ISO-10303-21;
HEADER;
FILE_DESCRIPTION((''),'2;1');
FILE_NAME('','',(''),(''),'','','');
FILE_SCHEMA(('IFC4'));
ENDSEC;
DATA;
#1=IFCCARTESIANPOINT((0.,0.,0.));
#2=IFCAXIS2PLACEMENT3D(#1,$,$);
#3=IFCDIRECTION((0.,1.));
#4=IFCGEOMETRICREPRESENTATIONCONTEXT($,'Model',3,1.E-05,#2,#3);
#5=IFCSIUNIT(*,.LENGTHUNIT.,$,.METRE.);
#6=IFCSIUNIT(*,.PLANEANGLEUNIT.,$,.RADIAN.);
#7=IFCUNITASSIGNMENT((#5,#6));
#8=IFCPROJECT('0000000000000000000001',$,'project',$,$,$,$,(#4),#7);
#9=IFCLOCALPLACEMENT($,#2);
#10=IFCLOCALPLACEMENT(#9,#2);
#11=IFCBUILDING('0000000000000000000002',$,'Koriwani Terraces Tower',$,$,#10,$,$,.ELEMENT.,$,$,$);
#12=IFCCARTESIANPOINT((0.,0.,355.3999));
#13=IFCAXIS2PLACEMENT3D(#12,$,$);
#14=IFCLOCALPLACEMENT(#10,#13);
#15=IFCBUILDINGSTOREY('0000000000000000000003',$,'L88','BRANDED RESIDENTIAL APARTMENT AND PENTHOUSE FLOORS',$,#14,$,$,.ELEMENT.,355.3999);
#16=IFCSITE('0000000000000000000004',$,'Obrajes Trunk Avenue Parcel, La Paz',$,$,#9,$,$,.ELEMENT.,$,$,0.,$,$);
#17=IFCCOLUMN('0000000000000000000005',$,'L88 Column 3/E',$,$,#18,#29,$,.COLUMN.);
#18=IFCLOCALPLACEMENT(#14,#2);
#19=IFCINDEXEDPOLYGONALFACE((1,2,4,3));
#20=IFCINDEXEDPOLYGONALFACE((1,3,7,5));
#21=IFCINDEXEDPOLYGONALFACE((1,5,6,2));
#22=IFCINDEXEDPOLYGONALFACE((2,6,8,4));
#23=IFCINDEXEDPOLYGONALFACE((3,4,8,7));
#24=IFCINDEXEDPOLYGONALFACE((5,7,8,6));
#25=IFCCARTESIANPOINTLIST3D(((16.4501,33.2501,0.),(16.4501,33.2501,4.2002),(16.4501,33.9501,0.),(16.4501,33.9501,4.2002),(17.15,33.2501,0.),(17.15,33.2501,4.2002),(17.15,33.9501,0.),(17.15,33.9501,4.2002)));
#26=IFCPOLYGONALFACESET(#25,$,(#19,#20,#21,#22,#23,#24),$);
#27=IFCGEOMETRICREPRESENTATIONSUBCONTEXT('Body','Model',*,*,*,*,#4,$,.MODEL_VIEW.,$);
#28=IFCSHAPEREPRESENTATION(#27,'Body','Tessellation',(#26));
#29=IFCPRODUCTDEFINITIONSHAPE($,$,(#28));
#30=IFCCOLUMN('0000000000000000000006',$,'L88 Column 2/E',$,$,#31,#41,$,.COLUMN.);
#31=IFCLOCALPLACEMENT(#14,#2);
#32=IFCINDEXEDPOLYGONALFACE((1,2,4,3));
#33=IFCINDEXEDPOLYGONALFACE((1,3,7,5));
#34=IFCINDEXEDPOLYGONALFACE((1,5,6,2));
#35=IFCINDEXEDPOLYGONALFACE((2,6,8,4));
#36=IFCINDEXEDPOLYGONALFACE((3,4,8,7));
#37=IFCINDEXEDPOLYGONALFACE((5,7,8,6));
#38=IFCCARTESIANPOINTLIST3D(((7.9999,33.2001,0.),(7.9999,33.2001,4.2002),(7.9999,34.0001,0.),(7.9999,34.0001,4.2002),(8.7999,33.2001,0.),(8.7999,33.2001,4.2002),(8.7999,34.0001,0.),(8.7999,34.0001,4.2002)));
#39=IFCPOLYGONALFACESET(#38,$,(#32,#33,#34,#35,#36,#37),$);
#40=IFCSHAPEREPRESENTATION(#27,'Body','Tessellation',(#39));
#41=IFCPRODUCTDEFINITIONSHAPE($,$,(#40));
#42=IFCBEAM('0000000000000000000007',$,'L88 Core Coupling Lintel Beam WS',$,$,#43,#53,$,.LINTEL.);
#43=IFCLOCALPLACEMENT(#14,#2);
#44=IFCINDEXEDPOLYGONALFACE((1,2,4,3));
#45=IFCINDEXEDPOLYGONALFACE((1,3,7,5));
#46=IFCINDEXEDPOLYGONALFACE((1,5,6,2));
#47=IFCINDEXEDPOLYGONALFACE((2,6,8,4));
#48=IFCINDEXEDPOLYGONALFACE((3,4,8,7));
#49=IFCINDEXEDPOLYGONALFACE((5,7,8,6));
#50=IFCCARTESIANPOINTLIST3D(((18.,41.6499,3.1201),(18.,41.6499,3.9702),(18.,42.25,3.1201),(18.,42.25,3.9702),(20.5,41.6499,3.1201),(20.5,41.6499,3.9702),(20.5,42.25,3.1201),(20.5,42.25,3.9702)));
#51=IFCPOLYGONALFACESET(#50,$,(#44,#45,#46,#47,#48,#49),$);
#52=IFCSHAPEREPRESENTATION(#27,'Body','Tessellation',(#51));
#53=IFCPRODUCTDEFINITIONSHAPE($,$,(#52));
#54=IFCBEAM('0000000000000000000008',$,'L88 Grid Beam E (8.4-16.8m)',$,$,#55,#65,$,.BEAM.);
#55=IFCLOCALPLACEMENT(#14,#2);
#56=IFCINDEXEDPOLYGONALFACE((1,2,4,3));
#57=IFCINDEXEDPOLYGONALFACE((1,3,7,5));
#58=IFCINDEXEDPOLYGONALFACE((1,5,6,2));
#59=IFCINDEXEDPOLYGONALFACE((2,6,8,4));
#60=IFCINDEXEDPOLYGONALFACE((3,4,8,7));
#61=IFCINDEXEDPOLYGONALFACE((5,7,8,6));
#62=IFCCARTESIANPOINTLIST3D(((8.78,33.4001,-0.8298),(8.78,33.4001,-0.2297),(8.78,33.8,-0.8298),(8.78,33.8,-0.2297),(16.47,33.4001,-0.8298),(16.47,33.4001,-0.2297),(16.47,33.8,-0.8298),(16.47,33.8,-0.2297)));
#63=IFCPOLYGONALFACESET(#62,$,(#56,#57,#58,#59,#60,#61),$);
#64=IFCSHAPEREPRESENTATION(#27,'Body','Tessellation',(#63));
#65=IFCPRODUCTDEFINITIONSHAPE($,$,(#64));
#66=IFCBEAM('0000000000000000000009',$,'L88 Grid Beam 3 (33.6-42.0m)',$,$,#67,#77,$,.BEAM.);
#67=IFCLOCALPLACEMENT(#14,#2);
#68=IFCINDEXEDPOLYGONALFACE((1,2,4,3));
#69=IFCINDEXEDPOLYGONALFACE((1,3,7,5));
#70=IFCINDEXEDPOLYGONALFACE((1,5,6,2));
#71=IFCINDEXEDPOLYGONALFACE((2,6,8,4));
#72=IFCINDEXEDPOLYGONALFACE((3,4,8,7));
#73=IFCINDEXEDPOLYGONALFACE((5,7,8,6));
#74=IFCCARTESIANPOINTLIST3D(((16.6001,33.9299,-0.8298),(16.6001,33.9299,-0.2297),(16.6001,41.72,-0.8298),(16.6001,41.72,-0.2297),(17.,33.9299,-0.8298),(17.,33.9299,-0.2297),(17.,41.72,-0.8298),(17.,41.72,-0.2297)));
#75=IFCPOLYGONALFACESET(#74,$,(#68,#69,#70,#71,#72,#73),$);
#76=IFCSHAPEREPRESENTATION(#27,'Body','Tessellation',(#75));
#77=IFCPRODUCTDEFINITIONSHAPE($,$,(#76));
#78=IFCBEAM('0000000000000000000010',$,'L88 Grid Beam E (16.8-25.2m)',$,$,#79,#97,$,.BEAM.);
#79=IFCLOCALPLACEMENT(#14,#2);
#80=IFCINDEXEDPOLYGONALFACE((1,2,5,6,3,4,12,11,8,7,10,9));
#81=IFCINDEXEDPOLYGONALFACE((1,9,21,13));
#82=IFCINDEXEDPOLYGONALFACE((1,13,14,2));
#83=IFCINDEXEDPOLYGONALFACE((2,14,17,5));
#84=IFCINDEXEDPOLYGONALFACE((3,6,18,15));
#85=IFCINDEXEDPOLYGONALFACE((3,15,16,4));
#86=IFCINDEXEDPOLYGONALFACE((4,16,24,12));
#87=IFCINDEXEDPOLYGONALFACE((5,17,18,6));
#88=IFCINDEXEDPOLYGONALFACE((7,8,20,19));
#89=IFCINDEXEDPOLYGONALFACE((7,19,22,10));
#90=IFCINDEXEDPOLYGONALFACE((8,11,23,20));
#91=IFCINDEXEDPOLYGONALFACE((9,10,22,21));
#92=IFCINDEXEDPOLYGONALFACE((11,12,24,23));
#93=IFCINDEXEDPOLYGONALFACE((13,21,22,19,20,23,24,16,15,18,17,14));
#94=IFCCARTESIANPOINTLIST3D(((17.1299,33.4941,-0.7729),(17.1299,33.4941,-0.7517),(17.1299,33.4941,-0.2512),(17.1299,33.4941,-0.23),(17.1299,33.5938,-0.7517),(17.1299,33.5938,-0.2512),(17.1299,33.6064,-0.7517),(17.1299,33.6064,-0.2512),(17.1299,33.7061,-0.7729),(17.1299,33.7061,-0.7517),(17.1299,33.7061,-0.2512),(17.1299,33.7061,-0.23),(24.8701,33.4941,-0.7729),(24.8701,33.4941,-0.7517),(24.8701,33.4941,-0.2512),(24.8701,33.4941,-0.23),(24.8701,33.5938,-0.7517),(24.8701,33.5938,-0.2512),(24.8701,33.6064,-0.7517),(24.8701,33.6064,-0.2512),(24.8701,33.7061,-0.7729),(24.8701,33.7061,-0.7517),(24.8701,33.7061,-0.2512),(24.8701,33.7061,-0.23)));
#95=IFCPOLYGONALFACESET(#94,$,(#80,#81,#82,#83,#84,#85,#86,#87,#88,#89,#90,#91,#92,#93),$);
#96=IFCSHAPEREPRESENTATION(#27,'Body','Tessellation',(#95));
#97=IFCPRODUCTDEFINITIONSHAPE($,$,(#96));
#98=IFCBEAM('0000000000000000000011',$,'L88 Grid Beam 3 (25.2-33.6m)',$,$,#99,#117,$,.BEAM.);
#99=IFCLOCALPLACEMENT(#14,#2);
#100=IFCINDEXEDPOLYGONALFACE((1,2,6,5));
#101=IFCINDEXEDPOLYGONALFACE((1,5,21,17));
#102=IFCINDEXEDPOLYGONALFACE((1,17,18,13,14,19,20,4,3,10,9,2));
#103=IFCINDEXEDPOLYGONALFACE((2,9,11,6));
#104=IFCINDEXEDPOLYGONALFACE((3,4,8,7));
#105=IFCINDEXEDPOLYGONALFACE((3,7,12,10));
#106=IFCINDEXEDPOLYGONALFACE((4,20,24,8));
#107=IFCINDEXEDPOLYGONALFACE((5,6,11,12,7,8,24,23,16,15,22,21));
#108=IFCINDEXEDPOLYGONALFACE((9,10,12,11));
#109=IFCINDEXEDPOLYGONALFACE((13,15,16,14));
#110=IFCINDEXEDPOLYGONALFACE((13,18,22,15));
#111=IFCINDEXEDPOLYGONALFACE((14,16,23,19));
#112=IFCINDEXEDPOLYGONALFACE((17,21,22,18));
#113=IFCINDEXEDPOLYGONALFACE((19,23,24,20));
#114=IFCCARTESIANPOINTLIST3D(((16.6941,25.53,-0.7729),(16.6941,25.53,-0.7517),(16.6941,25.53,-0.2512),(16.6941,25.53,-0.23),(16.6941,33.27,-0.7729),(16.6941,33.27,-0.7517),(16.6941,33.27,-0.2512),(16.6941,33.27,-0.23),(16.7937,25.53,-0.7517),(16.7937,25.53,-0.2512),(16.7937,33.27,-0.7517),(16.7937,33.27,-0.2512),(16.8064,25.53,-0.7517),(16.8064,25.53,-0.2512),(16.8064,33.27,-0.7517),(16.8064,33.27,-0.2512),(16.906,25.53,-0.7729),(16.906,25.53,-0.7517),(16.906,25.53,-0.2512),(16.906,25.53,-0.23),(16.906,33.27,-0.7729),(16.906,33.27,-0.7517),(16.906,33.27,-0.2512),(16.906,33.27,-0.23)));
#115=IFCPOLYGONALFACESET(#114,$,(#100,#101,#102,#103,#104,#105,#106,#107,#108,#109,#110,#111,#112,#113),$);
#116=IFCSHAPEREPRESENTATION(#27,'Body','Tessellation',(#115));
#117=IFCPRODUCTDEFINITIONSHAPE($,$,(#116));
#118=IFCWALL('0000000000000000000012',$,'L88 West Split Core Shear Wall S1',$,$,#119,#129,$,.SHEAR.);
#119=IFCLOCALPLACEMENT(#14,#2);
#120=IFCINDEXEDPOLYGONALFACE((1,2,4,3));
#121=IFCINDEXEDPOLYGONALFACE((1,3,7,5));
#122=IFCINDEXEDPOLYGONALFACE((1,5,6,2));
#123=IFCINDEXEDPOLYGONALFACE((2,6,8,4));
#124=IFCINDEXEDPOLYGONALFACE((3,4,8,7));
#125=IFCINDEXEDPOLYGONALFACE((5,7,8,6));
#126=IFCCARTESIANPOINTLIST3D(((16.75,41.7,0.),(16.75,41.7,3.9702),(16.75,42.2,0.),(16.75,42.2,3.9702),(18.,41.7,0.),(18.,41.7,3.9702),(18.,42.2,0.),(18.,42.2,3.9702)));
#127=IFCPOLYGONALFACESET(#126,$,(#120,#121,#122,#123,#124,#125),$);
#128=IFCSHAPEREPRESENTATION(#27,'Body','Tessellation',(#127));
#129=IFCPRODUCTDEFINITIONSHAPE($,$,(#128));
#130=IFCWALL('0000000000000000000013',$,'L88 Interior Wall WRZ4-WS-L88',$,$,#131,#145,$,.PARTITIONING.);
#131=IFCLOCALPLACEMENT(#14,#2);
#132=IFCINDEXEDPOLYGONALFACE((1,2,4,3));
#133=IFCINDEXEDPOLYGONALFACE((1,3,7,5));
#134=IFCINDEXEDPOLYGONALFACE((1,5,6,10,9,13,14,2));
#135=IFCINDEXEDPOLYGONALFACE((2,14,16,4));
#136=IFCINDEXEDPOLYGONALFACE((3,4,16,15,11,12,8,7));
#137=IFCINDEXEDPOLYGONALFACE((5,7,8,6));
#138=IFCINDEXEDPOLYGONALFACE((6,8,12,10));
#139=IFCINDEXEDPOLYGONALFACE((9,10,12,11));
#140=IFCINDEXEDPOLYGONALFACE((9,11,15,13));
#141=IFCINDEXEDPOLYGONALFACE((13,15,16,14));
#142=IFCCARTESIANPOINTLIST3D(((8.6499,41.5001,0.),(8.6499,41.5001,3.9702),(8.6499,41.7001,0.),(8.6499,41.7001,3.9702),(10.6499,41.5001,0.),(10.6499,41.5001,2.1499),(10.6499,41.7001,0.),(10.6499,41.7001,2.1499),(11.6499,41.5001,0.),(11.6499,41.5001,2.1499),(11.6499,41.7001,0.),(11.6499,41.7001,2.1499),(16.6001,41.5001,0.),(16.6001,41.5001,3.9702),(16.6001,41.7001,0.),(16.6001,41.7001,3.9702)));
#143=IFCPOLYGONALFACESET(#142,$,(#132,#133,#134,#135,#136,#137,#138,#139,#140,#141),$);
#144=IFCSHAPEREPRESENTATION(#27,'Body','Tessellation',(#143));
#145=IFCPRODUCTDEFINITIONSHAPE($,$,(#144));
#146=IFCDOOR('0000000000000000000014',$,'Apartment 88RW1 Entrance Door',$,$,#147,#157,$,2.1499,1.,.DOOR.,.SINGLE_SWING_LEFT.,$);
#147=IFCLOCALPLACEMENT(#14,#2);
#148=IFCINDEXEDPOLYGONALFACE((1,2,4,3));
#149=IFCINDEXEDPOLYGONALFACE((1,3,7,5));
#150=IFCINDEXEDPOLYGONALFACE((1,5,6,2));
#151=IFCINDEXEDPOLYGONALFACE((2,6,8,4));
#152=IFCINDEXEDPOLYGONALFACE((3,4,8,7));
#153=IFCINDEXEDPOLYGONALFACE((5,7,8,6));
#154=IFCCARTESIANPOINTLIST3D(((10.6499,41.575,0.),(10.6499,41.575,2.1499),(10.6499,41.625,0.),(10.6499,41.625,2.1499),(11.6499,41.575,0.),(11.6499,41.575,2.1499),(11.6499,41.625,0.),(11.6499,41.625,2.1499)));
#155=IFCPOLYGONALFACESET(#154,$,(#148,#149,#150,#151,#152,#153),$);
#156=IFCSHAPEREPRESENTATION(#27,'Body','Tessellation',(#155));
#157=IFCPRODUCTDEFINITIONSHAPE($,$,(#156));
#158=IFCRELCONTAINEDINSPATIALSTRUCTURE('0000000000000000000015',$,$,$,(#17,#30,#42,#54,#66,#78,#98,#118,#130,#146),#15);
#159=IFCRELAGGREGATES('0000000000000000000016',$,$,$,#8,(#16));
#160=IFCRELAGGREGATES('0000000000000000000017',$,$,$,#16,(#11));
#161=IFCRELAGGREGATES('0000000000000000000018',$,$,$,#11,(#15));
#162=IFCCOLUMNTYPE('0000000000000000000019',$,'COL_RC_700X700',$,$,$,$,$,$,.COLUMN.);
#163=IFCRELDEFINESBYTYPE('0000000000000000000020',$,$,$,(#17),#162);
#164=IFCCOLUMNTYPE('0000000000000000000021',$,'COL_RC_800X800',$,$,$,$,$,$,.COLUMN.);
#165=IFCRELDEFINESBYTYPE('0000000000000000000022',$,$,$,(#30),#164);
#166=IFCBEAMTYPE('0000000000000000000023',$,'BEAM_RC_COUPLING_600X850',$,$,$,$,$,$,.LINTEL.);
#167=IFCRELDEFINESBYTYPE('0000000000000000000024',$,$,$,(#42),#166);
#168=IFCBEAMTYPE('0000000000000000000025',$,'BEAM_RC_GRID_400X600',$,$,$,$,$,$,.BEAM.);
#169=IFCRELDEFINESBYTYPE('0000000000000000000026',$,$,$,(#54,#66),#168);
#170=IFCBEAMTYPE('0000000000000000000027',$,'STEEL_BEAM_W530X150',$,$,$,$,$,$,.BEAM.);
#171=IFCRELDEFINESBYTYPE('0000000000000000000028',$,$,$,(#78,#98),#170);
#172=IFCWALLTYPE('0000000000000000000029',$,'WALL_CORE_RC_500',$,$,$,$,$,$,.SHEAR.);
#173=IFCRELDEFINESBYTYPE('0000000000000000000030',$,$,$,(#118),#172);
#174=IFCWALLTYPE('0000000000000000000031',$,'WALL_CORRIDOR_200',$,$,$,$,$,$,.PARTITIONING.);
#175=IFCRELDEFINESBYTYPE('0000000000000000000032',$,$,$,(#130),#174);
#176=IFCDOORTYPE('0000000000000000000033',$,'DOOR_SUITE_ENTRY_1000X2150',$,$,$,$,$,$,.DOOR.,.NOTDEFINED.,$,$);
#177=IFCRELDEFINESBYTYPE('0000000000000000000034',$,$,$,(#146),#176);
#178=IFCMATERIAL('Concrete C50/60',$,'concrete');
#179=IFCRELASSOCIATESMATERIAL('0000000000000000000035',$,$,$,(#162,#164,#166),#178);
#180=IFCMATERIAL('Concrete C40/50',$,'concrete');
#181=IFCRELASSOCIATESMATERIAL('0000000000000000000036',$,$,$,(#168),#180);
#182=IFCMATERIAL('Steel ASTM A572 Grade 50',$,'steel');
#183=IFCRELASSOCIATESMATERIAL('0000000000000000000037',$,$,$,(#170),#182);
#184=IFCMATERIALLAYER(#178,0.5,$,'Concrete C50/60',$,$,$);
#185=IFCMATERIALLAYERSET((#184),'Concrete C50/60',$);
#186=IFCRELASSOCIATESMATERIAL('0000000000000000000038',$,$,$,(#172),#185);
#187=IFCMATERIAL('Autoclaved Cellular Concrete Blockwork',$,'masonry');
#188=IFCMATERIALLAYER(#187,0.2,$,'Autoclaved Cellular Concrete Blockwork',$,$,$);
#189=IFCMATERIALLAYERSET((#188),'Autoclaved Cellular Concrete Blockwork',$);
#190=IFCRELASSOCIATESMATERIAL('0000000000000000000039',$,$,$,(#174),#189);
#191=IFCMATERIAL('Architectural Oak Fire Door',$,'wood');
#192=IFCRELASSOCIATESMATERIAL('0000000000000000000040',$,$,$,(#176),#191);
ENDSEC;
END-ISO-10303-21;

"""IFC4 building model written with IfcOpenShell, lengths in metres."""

from ifc_helpers import new_model, si_unit, direction, frame, frame_2d, origin, origin_2d, place, context, subcontext, project, spatial, rectangle, i_section, extrude, material, layer, layer_set, material_profile, profile_set, type_object, element, fill, save


model = new_model("IFC4")

# Units and contexts
model_context = context("Model", 3, precision=1e-05, world=origin(), true_north=direction((0.0, 1.0)))
body_context = subcontext(model_context, "Body", "Model", "MODEL_VIEW")
ifc_project = project(units=[si_unit("LENGTHUNIT", "METRE"), si_unit("PLANEANGLEUNIT", "RADIAN")], contexts=[model_context])

# Site, building, storey
site_placement = place(None, origin())
site = spatial("IfcSite", under=ifc_project, at=site_placement, Name="Obrajes Trunk Avenue Parcel, La Paz", CompositionType="ELEMENT", RefElevation=0.0)
building_placement = place(site_placement, origin())
building = spatial("IfcBuilding", under=site, at=building_placement, Name="Koriwani Terraces Tower", CompositionType="ELEMENT")
storey_placement = place(building_placement, frame((0.0, 0.0, 355.3999)))
storey = spatial("IfcBuildingStorey", under=building, at=storey_placement, Name="L88", Description="BRANDED RESIDENTIAL APARTMENT AND PENTHOUSE FLOORS", CompositionType="ELEMENT", Elevation=355.3999)

# Columns
ifc_material_1 = material(Name="Concrete C50/60", Category="concrete")
ifc_material_profile_1 = material_profile(ifc_material_1, rectangle(XDim=0.7, YDim=0.7, at=origin_2d()), Name="Concrete C50/60", Category="LoadBearing")
ifc_profile_set_1 = profile_set([ifc_material_profile_1], Name="Concrete C50/60")
column_type_1 = type_object("IfcColumnType", Name="COL_RC_700X700", PredefinedType="COLUMN", material=ifc_profile_set_1)
column_1_placement = place(storey_placement, frame((16.8, 33.6001, 0.0), z_axis=(0.0, 0.0, 1.0), x_axis=(1.0, 0.0, 0.0)))
element("IfcColumn", 1, at=column_1_placement, inside=storey, type_object=column_type_1, Name="L88 Column 3/E", PredefinedType="COLUMN", context=body_context, shape_type="SweptSolid", body=[
    extrude(rectangle(XDim=0.7, YDim=0.7, at=origin_2d()), origin(), (0.0, 0.0, 1.0), 4.2002),
])
ifc_material_profile_2 = material_profile(ifc_material_1, rectangle(XDim=0.8, YDim=0.8, at=origin_2d()), Name="Concrete C50/60", Category="LoadBearing")
ifc_profile_set_2 = profile_set([ifc_material_profile_2], Name="Concrete C50/60")
column_type_2 = type_object("IfcColumnType", Name="COL_RC_800X800", PredefinedType="COLUMN", material=ifc_profile_set_2)
column_2_placement = place(storey_placement, frame((8.3999, 33.6001, 0.0), z_axis=(0.0, 0.0, 1.0), x_axis=(1.0, 0.0, 0.0)))
element("IfcColumn", 2, at=column_2_placement, inside=storey, type_object=column_type_2, Name="L88 Column 2/E", PredefinedType="COLUMN", context=body_context, shape_type="SweptSolid", body=[
    extrude(rectangle(XDim=0.8, YDim=0.8, at=origin_2d()), origin(), (0.0, 0.0, 1.0), 4.2002),
])

# Beams
ifc_material_profile_3 = material_profile(ifc_material_1, rectangle(XDim=0.6001, YDim=0.8501, at=origin_2d()), Name="Concrete C50/60", Category="LoadBearing")
ifc_profile_set_3 = profile_set([ifc_material_profile_3], Name="Concrete C50/60")
beam_type_1 = type_object("IfcBeamType", Name="BEAM_RC_COUPLING_600X850", PredefinedType="LINTEL", material=ifc_profile_set_3)
beam_1_placement = place(storey_placement, frame((18.0, 41.95, 3.5452), z_axis=(1.0, 0.0, 0.0), x_axis=(0.0, 1.0, 0.0)))
element("IfcBeam", 3, at=beam_1_placement, inside=storey, type_object=beam_type_1, Name="L88 Core Coupling Lintel Beam WS", PredefinedType="LINTEL", context=body_context, shape_type="SweptSolid", body=[
    extrude(rectangle(XDim=0.6001, YDim=0.8501, at=origin_2d()), origin(), (0.0, 0.0, 1.0), 2.5),
])
ifc_material_2 = material(Name="Concrete C40/50", Category="concrete")
ifc_material_profile_4 = material_profile(ifc_material_2, rectangle(XDim=0.3999, YDim=0.6001, at=origin_2d()), Name="Concrete C40/50", Category="LoadBearing")
ifc_profile_set_4 = profile_set([ifc_material_profile_4], Name="Concrete C40/50")
beam_type_2 = type_object("IfcBeamType", Name="BEAM_RC_GRID_400X600", PredefinedType="BEAM", material=ifc_profile_set_4)
beam_2_placement = place(storey_placement, frame((8.78, 33.6001, -0.5298), z_axis=(1.0, 0.0, 0.0), x_axis=(0.0, 1.0, 0.0)))
element("IfcBeam", 4, at=beam_2_placement, inside=storey, type_object=beam_type_2, Name="L88 Grid Beam E (8.4-16.8m)", PredefinedType="BEAM", context=body_context, shape_type="SweptSolid", body=[
    extrude(rectangle(XDim=0.3999, YDim=0.6001, at=origin_2d()), origin(), (0.0, 0.0, 1.0), 7.6899),
])
beam_3_placement = place(storey_placement, frame((16.8, 33.9299, -0.5298), z_axis=(0.0, 1.0, 0.0), x_axis=(-1.0, 0.0, 0.0)))
element("IfcBeam", 5, at=beam_3_placement, inside=storey, type_object=beam_type_2, Name="L88 Grid Beam 3 (33.6-42.0m)", PredefinedType="BEAM", context=body_context, shape_type="SweptSolid", body=[
    extrude(rectangle(XDim=0.3999, YDim=0.6001, at=origin_2d()), origin(), (0.0, 0.0, 1.0), 7.79),
])
ifc_material_3 = material(Name="Steel ASTM A572 Grade 50", Category="steel")
ifc_material_profile_5 = material_profile(ifc_material_3, i_section(OverallWidth=0.2119, OverallDepth=0.543, WebThickness=0.0127, FlangeThickness=0.0212, at=origin_2d()), Name="Steel ASTM A572 Grade 50", Category="LoadBearing")
ifc_profile_set_5 = profile_set([ifc_material_profile_5], Name="Steel ASTM A572 Grade 50")
beam_type_3 = type_object("IfcBeamType", Name="STEEL_BEAM_W530X150", PredefinedType="BEAM", material=ifc_profile_set_5)
beam_4_placement = place(storey_placement, frame((17.1299, 33.6001, -0.5015), z_axis=(1.0, 0.0, 0.0), x_axis=(0.0, 1.0, 0.0)))
element("IfcBeam", 6, at=beam_4_placement, inside=storey, type_object=beam_type_3, Name="L88 Grid Beam E (16.8-25.2m)", PredefinedType="BEAM", context=body_context, shape_type="SweptSolid", body=[
    extrude(i_section(OverallWidth=0.2119, OverallDepth=0.543, WebThickness=0.0127, FlangeThickness=0.0212, at=origin_2d()), origin(), (0.0, 0.0, 1.0), 7.7402),
])
beam_5_placement = place(storey_placement, frame((16.8, 25.53, -0.5015), z_axis=(0.0, 1.0, 0.0), x_axis=(-1.0, 0.0, 0.0)))
element("IfcBeam", 7, at=beam_5_placement, inside=storey, type_object=beam_type_3, Name="L88 Grid Beam 3 (25.2-33.6m)", PredefinedType="BEAM", context=body_context, shape_type="SweptSolid", body=[
    extrude(i_section(OverallWidth=0.2119, OverallDepth=0.543, WebThickness=0.0127, FlangeThickness=0.0212, at=origin_2d()), origin(), (0.0, 0.0, 1.0), 7.74),
])

# Wall
ifc_layer_1 = layer(ifc_material_1, 0.5, Name="Concrete C50/60")
ifc_layer_set_1 = layer_set([ifc_layer_1], Name="Concrete C50/60")
wall_type_1 = type_object("IfcWallType", Name="WALL_CORE_RC_500", PredefinedType="SHEAR", material=ifc_layer_set_1)
wall_1_placement = place(storey_placement, frame((16.75, 41.95, 0.0), z_axis=(0.0, 0.0, 1.0), x_axis=(1.0, 0.0, 0.0)))
element("IfcWall", 8, at=wall_1_placement, inside=storey, type_object=wall_type_1, Name="L88 West Split Core Shear Wall S1", PredefinedType="SHEAR", context=body_context, shape_type="SweptSolid", body=[
    extrude(rectangle(XDim=1.25, YDim=0.5, at=frame_2d((0.625, 0.0))), origin(), (0.0, 0.0, 1.0), 3.9702),
])

# Wall, opening, door
ifc_material_4 = material(Name="Autoclaved Cellular Concrete Blockwork", Category="masonry")
ifc_layer_2 = layer(ifc_material_4, 0.2, Name="Autoclaved Cellular Concrete Blockwork")
ifc_layer_set_2 = layer_set([ifc_layer_2], Name="Autoclaved Cellular Concrete Blockwork")
wall_type_2 = type_object("IfcWallType", Name="WALL_CORRIDOR_200", PredefinedType="PARTITIONING", material=ifc_layer_set_2)
wall_2_placement = place(storey_placement, frame((8.6499, 41.6001, 0.0), z_axis=(0.0, 0.0, 1.0), x_axis=(1.0, 0.0, 0.0)))
wall_2 = element("IfcWall", 9, at=wall_2_placement, inside=storey, type_object=wall_type_2, Name="L88 Interior Wall WRZ4-WS-L88", PredefinedType="PARTITIONING", context=body_context, shape_type="SweptSolid", body=[
    extrude(rectangle(XDim=7.9502, YDim=0.2, at=frame_2d((3.9751, 0.0))), origin(), (0.0, 0.0, 1.0), 3.9702),
])
opening_1_placement = place(wall_2_placement, frame((2.0, 0.0, 0.0)))
opening_1 = element("IfcOpeningElement", 10, at=opening_1_placement, cuts=wall_2, PredefinedType="OPENING", context=body_context, shape_type="SweptSolid", body=[
    extrude(rectangle(XDim=1.0, YDim=2.1499, at=frame_2d((0.5, 1.075))), frame((0.0, 0.1099, 0.0), z_axis=(0.0, -1.0, 0.0), x_axis=(1.0, 0.0, 0.0)), (0.0, 0.0, 1.0), 0.22),
])
ifc_material_5 = material(Name="Architectural Oak Fire Door", Category="wood")
door_type_1 = type_object("IfcDoorType", Name="DOOR_SUITE_ENTRY_1000X2150", OperationType="NOTDEFINED", PredefinedType="DOOR", material=ifc_material_5)
door_1_placement = place(opening_1_placement, origin())
door_1 = element("IfcDoor", 11, at=door_1_placement, inside=storey, type_object=door_type_1, Name="Apartment 88RW1 Entrance Door", OperationType="SINGLE_SWING_LEFT", OverallHeight=2.1499, OverallWidth=1.0, PredefinedType="DOOR", context=body_context, shape_type="SweptSolid", body=[
    extrude(rectangle(XDim=1.0, YDim=2.1499, at=frame_2d((0.5, 1.075))), frame((0.0, 0.0249, 0.0), z_axis=(0.0, -1.0, 0.0), x_axis=(1.0, 0.0, 0.0)), (0.0, 0.0, 1.0), 0.05),
])
fill(opening_1, door_1)

save(model, "model.ifc")
